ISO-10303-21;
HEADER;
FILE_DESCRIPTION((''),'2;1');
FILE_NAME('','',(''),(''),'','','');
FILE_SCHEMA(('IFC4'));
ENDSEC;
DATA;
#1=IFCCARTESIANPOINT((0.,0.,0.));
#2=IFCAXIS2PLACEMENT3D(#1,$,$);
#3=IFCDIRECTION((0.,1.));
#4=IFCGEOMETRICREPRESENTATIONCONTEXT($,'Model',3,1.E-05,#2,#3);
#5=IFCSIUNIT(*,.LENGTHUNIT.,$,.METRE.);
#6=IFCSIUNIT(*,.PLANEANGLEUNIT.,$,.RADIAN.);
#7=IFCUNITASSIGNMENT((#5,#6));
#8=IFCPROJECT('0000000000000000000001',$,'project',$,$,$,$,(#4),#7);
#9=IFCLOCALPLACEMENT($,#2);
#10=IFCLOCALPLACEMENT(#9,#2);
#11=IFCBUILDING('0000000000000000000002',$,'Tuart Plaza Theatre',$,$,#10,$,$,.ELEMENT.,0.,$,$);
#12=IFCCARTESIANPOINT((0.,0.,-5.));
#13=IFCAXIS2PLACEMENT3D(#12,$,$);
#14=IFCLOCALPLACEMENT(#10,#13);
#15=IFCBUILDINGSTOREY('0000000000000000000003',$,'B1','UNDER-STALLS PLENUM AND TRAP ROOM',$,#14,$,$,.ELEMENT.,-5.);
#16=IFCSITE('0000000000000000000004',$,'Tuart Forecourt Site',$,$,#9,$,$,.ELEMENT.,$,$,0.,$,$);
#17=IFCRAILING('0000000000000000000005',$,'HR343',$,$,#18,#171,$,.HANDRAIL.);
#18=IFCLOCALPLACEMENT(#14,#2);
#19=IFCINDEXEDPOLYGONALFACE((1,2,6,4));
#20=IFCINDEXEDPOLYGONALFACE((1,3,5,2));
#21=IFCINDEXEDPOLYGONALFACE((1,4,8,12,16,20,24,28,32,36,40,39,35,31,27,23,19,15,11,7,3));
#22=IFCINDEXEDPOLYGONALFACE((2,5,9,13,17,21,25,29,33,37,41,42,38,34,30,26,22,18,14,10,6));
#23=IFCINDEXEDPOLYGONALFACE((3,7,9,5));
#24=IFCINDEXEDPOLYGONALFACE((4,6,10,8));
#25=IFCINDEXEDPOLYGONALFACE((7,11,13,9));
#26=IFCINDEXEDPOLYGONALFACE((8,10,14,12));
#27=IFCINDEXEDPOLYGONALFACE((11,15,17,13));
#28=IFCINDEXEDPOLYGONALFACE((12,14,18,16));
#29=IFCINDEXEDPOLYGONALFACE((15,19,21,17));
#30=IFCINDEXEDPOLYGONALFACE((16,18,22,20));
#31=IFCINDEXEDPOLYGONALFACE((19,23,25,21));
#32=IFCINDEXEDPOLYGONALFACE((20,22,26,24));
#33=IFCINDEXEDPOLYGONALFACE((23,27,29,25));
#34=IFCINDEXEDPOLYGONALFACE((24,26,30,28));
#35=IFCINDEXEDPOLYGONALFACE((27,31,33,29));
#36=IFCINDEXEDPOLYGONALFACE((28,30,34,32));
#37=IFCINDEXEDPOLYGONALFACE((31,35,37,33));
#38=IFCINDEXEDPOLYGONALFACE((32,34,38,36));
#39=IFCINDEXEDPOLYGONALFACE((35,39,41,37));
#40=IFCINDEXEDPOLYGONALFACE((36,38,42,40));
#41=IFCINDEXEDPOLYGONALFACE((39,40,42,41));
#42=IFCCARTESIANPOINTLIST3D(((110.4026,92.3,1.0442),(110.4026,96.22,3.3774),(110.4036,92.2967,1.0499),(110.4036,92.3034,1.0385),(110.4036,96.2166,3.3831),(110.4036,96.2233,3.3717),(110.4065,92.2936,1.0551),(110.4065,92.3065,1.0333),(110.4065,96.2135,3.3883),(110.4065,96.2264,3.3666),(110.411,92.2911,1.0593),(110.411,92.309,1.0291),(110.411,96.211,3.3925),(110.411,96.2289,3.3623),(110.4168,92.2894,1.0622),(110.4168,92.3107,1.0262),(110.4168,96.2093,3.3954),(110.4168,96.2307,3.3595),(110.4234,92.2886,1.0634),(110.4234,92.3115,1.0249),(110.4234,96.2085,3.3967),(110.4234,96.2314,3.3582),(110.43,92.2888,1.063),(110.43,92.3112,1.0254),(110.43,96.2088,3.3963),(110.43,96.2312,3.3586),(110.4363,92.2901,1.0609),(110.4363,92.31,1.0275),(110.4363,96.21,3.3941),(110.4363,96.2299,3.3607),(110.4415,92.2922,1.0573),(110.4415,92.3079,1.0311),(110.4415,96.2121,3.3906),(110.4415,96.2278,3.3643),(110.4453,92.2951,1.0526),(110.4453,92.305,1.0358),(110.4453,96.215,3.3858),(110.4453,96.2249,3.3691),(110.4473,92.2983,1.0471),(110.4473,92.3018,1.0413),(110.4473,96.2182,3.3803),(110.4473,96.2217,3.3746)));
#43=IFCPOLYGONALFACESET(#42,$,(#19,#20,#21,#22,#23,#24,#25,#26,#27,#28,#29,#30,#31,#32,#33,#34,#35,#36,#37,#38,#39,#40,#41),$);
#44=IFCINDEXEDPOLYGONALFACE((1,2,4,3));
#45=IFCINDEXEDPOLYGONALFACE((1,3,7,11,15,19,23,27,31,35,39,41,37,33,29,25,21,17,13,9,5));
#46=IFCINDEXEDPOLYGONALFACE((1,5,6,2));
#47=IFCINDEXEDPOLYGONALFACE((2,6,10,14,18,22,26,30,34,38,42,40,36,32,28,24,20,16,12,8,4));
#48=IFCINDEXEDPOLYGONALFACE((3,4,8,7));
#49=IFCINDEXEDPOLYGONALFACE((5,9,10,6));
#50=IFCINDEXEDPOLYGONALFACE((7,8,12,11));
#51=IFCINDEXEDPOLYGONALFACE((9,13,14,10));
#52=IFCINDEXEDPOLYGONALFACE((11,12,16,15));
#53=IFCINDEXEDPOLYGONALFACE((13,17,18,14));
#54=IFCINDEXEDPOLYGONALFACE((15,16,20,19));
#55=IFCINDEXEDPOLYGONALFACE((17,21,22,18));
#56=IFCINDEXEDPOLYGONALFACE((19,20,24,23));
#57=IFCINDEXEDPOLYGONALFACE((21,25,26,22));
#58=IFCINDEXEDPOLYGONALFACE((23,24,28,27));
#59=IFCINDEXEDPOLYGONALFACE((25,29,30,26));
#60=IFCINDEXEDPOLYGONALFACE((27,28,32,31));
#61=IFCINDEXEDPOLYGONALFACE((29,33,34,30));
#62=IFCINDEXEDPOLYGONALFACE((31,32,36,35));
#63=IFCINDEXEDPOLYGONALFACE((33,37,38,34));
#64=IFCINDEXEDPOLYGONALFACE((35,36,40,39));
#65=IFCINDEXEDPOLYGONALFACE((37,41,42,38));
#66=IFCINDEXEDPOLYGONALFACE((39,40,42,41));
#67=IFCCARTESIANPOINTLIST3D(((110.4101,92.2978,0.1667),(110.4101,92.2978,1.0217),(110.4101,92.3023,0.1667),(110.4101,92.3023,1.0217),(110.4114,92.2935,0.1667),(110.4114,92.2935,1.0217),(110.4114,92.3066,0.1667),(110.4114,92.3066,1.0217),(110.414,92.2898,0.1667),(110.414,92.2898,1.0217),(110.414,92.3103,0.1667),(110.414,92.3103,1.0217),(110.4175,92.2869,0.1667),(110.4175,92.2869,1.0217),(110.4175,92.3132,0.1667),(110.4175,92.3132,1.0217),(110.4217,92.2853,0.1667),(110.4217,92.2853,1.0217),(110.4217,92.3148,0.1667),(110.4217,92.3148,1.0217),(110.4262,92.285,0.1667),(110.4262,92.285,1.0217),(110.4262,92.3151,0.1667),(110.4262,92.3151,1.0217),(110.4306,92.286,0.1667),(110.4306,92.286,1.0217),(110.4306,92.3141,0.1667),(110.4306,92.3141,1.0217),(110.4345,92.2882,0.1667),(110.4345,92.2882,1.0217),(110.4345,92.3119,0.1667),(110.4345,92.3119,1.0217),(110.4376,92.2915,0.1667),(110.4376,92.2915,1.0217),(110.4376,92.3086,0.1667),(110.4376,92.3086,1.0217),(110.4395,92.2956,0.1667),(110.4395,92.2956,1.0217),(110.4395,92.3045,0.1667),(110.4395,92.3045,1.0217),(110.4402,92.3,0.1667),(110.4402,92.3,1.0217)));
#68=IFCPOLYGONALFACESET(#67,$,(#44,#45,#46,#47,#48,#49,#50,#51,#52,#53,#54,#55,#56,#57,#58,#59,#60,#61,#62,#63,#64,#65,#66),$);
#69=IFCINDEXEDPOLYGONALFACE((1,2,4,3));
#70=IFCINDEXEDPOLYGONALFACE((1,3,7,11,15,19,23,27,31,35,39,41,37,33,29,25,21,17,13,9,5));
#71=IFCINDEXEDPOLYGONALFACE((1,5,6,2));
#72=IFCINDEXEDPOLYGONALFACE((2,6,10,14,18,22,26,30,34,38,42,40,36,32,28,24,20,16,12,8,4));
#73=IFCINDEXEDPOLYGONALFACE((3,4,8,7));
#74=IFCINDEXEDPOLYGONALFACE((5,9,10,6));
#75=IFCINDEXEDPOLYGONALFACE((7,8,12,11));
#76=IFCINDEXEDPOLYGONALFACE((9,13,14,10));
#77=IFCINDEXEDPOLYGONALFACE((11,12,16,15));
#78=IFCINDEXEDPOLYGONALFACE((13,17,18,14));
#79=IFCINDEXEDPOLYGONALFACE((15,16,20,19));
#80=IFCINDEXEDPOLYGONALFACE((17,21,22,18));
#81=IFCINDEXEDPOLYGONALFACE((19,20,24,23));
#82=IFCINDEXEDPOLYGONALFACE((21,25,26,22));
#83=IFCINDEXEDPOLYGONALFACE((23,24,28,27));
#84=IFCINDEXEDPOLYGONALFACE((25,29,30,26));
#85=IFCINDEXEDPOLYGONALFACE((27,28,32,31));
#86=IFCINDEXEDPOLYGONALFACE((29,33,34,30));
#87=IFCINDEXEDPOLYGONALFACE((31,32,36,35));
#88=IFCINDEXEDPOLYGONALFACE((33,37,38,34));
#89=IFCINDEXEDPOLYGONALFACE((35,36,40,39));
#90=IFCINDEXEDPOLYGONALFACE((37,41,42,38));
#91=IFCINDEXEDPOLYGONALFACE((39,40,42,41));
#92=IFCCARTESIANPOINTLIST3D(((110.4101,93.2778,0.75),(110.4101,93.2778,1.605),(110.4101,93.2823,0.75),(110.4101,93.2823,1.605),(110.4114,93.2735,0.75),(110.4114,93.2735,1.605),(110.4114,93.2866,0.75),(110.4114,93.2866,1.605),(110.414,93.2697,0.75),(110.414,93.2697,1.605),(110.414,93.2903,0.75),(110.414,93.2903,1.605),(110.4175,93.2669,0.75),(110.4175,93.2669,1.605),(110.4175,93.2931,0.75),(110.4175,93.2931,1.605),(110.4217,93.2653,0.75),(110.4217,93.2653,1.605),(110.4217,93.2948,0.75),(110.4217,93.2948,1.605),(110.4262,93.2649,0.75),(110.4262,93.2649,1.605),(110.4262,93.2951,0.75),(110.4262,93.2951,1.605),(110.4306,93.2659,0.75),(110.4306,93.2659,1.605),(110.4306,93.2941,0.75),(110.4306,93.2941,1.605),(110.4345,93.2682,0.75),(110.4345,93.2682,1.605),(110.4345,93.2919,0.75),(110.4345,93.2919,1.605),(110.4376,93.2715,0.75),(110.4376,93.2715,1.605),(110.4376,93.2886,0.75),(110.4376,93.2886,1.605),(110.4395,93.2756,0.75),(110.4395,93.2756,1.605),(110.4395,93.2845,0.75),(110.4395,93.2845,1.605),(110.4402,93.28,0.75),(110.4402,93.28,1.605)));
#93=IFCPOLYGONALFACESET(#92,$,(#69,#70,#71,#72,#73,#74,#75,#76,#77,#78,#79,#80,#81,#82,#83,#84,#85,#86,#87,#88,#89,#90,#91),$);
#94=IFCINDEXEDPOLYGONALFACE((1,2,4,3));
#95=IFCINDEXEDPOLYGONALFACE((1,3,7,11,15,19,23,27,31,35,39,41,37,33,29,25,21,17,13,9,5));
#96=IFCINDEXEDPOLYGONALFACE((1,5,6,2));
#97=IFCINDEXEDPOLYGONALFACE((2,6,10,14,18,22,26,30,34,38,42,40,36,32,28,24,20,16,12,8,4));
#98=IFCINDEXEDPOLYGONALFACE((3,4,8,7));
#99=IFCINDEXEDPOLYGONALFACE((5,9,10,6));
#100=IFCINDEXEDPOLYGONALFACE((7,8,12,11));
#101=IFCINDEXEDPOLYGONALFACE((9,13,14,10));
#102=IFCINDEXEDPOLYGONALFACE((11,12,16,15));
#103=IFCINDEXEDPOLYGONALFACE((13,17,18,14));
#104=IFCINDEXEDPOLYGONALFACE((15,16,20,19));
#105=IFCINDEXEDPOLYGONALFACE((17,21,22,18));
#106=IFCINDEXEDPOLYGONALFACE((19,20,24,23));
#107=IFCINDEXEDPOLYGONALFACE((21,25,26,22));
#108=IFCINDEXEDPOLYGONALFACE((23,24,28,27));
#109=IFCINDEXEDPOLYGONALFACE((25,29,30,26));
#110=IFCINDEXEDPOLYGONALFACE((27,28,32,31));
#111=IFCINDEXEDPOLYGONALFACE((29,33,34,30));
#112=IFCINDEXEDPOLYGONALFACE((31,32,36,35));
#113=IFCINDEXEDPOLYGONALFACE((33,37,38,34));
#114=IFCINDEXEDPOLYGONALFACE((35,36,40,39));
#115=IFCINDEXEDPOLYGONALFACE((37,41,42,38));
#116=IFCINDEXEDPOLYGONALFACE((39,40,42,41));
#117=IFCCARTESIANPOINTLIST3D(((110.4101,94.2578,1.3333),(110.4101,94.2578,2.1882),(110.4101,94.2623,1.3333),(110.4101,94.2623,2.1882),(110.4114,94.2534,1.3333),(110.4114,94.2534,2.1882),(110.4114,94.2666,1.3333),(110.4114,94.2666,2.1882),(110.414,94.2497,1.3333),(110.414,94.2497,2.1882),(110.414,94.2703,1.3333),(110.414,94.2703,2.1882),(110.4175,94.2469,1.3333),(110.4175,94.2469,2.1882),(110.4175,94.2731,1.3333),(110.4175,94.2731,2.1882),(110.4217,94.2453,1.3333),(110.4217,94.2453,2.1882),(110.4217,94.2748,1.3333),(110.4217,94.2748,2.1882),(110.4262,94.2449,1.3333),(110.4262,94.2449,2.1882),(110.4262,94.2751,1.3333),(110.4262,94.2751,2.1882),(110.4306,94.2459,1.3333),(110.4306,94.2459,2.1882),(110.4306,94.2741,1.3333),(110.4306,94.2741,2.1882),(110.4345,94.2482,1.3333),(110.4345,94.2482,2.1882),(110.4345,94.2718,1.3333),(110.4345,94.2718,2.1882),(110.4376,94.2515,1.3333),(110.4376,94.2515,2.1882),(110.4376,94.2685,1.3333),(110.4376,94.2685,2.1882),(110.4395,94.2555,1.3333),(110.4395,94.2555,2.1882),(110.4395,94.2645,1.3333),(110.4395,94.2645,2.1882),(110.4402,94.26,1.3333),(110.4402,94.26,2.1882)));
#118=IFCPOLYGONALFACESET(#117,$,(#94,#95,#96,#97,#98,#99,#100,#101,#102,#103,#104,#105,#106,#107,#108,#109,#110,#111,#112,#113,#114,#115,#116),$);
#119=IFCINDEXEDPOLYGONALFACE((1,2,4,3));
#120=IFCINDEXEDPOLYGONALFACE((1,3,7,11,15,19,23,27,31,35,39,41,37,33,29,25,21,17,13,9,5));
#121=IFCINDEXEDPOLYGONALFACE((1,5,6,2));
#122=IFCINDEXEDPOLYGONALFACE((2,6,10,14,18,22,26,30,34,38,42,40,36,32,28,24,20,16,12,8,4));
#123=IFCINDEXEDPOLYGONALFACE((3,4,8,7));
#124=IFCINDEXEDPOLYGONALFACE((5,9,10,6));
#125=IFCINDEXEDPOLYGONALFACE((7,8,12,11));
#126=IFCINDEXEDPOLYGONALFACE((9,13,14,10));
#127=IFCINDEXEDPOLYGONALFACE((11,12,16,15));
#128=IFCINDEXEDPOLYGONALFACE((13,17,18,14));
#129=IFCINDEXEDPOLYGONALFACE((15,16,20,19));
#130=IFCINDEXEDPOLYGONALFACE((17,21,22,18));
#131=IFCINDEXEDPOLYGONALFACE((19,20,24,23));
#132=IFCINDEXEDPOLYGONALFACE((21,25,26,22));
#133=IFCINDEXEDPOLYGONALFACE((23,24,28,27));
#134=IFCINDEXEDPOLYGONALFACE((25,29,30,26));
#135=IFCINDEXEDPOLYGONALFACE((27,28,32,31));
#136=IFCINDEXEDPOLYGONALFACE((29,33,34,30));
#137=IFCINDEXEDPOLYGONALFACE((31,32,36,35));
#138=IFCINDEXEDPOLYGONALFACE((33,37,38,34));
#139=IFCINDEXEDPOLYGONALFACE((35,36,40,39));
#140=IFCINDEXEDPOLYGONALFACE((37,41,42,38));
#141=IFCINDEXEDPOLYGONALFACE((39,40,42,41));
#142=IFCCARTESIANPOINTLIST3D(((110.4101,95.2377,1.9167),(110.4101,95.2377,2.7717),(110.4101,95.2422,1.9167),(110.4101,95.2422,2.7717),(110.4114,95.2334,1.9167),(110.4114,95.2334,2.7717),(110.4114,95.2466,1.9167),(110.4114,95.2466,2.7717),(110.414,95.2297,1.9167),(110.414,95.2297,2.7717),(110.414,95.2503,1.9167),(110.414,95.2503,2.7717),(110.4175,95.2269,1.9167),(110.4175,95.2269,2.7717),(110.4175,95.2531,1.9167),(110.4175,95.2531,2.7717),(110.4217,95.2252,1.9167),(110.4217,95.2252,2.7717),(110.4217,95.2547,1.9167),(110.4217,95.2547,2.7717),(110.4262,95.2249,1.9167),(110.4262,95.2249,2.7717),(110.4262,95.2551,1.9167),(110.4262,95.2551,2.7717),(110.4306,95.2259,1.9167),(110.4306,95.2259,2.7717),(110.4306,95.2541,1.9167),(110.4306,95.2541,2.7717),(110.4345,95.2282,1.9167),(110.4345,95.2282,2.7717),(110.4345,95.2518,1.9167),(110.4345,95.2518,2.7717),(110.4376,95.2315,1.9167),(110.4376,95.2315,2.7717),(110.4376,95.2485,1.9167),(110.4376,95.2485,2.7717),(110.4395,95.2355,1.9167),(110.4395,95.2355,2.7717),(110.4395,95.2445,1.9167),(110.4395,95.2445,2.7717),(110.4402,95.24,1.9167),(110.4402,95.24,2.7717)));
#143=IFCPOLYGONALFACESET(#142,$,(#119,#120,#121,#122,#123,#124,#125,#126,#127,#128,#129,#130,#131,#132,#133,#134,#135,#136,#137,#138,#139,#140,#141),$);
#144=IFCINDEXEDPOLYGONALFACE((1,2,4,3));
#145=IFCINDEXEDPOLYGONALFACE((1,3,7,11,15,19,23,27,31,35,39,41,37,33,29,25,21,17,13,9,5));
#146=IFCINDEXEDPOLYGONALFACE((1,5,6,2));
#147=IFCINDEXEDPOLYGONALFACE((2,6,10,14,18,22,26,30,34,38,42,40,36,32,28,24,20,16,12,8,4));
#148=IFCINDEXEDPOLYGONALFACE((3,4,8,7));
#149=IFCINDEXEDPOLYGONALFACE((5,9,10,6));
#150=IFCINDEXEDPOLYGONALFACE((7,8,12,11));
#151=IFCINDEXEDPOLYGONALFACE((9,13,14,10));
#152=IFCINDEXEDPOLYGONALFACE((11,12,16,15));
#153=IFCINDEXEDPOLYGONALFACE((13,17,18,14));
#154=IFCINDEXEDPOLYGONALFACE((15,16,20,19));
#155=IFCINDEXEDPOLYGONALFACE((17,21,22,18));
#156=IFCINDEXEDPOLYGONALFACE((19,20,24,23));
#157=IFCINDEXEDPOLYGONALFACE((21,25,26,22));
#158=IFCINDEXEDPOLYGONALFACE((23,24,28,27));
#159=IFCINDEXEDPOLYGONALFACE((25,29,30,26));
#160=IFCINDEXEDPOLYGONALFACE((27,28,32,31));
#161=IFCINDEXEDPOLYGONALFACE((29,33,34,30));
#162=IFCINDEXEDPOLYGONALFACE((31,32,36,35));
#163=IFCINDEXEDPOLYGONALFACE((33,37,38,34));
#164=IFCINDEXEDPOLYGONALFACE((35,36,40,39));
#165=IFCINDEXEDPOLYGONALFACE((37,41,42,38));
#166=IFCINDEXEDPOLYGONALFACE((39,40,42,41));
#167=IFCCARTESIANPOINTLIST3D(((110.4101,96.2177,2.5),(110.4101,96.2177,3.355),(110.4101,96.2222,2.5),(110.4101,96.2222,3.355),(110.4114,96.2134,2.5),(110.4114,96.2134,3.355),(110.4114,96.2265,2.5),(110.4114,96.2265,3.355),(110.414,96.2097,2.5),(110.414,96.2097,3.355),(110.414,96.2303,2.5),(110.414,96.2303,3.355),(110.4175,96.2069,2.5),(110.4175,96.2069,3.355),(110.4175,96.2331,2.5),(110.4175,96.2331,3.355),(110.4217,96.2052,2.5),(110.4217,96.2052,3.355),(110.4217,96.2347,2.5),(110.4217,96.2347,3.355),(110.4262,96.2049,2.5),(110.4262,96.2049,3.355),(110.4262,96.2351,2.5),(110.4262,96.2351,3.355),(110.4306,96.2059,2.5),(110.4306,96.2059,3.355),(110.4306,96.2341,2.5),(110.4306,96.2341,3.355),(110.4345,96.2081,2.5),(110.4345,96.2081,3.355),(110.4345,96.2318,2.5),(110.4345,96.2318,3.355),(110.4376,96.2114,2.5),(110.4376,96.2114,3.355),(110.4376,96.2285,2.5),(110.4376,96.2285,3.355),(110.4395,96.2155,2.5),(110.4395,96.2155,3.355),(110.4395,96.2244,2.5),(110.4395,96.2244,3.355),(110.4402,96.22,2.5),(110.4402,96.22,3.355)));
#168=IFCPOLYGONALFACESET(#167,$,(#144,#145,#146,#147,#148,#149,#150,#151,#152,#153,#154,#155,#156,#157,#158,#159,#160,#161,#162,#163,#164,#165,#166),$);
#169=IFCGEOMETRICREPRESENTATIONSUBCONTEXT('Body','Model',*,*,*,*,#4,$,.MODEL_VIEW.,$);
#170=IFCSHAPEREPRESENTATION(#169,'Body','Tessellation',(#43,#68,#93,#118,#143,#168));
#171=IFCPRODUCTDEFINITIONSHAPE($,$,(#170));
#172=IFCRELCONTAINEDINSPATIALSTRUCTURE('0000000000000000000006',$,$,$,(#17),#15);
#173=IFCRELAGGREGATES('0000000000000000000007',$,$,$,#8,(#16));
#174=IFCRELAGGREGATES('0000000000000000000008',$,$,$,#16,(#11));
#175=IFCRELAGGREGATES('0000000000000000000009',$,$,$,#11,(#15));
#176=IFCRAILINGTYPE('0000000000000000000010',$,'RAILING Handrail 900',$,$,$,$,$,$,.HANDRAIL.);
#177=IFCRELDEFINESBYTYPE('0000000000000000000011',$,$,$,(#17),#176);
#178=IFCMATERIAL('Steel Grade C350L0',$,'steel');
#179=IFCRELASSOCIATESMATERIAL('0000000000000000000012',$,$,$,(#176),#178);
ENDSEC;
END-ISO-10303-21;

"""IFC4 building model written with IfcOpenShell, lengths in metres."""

from ifc_helpers import new_model, si_unit, direction, frame, origin, origin_2d, place, context, subcontext, project, spatial, circle, extrude, material, type_object, element, save


model = new_model("IFC4")

# Units and contexts
model_context = context("Model", 3, precision=1e-05, world=origin(), true_north=direction((0.0, 1.0)))
body_context = subcontext(model_context, "Body", "Model", "MODEL_VIEW")
ifc_project = project(units=[si_unit("LENGTHUNIT", "METRE"), si_unit("PLANEANGLEUNIT", "RADIAN")], contexts=[model_context])

# Site, building, storey
site_placement = place(None, origin())
site = spatial("IfcSite", under=ifc_project, at=site_placement, Name="Tuart Forecourt Site", CompositionType="ELEMENT", RefElevation=0.0)
building_placement = place(site_placement, origin())
building = spatial("IfcBuilding", under=site, at=building_placement, Name="Tuart Plaza Theatre", CompositionType="ELEMENT", ElevationOfRefHeight=0.0)
storey_placement = place(building_placement, frame((0.0, 0.0, -5.0)))
storey = spatial("IfcBuildingStorey", under=building, at=storey_placement, Name="B1", Description="UNDER-STALLS PLENUM AND TRAP ROOM", CompositionType="ELEMENT", Elevation=-5.0)

# Railing
ifc_material_1 = material(Name="Steel Grade C350L0", Category="steel")
railing_type_1 = type_object("IfcRailingType", Name="RAILING Handrail 900", PredefinedType="HANDRAIL", material=ifc_material_1)
for number, where, name in (
    (1, (110.425, 92.3, 0.1667), "HR343"),
):
    element("IfcRailing", number, at=place(storey_placement, frame(where)), inside=storey, type_object=railing_type_1, Name=name, PredefinedType="HANDRAIL", context=body_context, shape_type="SweptSolid", body=[
        extrude(circle(Radius=0.0225, at=origin_2d()), frame((0.0, 0.0, 0.8774), z_axis=(0.0, 0.859296, 0.511478), x_axis=(-1.0, 0.0, 0.0)), (0.0, 0.0, 1.0), 4.5618),
        extrude(circle(Radius=0.0151, at=origin_2d()), origin(), (0.0, 0.0, 1.0), 0.855),
        extrude(circle(Radius=0.0151, at=origin_2d()), frame((0.0, 0.98, 0.5833)), (0.0, 0.0, 1.0), 0.855),
        extrude(circle(Radius=0.0151, at=origin_2d()), frame((0.0, 1.96, 1.1665)), (0.0, 0.0, 1.0), 0.855),
        extrude(circle(Radius=0.0151, at=origin_2d()), frame((0.0, 2.9399, 1.75)), (0.0, 0.0, 1.0), 0.855),
        extrude(circle(Radius=0.0151, at=origin_2d()), frame((0.0, 3.9199, 2.3333)), (0.0, 0.0, 1.0), 0.855),
    ])

save(model, "model.ifc")
